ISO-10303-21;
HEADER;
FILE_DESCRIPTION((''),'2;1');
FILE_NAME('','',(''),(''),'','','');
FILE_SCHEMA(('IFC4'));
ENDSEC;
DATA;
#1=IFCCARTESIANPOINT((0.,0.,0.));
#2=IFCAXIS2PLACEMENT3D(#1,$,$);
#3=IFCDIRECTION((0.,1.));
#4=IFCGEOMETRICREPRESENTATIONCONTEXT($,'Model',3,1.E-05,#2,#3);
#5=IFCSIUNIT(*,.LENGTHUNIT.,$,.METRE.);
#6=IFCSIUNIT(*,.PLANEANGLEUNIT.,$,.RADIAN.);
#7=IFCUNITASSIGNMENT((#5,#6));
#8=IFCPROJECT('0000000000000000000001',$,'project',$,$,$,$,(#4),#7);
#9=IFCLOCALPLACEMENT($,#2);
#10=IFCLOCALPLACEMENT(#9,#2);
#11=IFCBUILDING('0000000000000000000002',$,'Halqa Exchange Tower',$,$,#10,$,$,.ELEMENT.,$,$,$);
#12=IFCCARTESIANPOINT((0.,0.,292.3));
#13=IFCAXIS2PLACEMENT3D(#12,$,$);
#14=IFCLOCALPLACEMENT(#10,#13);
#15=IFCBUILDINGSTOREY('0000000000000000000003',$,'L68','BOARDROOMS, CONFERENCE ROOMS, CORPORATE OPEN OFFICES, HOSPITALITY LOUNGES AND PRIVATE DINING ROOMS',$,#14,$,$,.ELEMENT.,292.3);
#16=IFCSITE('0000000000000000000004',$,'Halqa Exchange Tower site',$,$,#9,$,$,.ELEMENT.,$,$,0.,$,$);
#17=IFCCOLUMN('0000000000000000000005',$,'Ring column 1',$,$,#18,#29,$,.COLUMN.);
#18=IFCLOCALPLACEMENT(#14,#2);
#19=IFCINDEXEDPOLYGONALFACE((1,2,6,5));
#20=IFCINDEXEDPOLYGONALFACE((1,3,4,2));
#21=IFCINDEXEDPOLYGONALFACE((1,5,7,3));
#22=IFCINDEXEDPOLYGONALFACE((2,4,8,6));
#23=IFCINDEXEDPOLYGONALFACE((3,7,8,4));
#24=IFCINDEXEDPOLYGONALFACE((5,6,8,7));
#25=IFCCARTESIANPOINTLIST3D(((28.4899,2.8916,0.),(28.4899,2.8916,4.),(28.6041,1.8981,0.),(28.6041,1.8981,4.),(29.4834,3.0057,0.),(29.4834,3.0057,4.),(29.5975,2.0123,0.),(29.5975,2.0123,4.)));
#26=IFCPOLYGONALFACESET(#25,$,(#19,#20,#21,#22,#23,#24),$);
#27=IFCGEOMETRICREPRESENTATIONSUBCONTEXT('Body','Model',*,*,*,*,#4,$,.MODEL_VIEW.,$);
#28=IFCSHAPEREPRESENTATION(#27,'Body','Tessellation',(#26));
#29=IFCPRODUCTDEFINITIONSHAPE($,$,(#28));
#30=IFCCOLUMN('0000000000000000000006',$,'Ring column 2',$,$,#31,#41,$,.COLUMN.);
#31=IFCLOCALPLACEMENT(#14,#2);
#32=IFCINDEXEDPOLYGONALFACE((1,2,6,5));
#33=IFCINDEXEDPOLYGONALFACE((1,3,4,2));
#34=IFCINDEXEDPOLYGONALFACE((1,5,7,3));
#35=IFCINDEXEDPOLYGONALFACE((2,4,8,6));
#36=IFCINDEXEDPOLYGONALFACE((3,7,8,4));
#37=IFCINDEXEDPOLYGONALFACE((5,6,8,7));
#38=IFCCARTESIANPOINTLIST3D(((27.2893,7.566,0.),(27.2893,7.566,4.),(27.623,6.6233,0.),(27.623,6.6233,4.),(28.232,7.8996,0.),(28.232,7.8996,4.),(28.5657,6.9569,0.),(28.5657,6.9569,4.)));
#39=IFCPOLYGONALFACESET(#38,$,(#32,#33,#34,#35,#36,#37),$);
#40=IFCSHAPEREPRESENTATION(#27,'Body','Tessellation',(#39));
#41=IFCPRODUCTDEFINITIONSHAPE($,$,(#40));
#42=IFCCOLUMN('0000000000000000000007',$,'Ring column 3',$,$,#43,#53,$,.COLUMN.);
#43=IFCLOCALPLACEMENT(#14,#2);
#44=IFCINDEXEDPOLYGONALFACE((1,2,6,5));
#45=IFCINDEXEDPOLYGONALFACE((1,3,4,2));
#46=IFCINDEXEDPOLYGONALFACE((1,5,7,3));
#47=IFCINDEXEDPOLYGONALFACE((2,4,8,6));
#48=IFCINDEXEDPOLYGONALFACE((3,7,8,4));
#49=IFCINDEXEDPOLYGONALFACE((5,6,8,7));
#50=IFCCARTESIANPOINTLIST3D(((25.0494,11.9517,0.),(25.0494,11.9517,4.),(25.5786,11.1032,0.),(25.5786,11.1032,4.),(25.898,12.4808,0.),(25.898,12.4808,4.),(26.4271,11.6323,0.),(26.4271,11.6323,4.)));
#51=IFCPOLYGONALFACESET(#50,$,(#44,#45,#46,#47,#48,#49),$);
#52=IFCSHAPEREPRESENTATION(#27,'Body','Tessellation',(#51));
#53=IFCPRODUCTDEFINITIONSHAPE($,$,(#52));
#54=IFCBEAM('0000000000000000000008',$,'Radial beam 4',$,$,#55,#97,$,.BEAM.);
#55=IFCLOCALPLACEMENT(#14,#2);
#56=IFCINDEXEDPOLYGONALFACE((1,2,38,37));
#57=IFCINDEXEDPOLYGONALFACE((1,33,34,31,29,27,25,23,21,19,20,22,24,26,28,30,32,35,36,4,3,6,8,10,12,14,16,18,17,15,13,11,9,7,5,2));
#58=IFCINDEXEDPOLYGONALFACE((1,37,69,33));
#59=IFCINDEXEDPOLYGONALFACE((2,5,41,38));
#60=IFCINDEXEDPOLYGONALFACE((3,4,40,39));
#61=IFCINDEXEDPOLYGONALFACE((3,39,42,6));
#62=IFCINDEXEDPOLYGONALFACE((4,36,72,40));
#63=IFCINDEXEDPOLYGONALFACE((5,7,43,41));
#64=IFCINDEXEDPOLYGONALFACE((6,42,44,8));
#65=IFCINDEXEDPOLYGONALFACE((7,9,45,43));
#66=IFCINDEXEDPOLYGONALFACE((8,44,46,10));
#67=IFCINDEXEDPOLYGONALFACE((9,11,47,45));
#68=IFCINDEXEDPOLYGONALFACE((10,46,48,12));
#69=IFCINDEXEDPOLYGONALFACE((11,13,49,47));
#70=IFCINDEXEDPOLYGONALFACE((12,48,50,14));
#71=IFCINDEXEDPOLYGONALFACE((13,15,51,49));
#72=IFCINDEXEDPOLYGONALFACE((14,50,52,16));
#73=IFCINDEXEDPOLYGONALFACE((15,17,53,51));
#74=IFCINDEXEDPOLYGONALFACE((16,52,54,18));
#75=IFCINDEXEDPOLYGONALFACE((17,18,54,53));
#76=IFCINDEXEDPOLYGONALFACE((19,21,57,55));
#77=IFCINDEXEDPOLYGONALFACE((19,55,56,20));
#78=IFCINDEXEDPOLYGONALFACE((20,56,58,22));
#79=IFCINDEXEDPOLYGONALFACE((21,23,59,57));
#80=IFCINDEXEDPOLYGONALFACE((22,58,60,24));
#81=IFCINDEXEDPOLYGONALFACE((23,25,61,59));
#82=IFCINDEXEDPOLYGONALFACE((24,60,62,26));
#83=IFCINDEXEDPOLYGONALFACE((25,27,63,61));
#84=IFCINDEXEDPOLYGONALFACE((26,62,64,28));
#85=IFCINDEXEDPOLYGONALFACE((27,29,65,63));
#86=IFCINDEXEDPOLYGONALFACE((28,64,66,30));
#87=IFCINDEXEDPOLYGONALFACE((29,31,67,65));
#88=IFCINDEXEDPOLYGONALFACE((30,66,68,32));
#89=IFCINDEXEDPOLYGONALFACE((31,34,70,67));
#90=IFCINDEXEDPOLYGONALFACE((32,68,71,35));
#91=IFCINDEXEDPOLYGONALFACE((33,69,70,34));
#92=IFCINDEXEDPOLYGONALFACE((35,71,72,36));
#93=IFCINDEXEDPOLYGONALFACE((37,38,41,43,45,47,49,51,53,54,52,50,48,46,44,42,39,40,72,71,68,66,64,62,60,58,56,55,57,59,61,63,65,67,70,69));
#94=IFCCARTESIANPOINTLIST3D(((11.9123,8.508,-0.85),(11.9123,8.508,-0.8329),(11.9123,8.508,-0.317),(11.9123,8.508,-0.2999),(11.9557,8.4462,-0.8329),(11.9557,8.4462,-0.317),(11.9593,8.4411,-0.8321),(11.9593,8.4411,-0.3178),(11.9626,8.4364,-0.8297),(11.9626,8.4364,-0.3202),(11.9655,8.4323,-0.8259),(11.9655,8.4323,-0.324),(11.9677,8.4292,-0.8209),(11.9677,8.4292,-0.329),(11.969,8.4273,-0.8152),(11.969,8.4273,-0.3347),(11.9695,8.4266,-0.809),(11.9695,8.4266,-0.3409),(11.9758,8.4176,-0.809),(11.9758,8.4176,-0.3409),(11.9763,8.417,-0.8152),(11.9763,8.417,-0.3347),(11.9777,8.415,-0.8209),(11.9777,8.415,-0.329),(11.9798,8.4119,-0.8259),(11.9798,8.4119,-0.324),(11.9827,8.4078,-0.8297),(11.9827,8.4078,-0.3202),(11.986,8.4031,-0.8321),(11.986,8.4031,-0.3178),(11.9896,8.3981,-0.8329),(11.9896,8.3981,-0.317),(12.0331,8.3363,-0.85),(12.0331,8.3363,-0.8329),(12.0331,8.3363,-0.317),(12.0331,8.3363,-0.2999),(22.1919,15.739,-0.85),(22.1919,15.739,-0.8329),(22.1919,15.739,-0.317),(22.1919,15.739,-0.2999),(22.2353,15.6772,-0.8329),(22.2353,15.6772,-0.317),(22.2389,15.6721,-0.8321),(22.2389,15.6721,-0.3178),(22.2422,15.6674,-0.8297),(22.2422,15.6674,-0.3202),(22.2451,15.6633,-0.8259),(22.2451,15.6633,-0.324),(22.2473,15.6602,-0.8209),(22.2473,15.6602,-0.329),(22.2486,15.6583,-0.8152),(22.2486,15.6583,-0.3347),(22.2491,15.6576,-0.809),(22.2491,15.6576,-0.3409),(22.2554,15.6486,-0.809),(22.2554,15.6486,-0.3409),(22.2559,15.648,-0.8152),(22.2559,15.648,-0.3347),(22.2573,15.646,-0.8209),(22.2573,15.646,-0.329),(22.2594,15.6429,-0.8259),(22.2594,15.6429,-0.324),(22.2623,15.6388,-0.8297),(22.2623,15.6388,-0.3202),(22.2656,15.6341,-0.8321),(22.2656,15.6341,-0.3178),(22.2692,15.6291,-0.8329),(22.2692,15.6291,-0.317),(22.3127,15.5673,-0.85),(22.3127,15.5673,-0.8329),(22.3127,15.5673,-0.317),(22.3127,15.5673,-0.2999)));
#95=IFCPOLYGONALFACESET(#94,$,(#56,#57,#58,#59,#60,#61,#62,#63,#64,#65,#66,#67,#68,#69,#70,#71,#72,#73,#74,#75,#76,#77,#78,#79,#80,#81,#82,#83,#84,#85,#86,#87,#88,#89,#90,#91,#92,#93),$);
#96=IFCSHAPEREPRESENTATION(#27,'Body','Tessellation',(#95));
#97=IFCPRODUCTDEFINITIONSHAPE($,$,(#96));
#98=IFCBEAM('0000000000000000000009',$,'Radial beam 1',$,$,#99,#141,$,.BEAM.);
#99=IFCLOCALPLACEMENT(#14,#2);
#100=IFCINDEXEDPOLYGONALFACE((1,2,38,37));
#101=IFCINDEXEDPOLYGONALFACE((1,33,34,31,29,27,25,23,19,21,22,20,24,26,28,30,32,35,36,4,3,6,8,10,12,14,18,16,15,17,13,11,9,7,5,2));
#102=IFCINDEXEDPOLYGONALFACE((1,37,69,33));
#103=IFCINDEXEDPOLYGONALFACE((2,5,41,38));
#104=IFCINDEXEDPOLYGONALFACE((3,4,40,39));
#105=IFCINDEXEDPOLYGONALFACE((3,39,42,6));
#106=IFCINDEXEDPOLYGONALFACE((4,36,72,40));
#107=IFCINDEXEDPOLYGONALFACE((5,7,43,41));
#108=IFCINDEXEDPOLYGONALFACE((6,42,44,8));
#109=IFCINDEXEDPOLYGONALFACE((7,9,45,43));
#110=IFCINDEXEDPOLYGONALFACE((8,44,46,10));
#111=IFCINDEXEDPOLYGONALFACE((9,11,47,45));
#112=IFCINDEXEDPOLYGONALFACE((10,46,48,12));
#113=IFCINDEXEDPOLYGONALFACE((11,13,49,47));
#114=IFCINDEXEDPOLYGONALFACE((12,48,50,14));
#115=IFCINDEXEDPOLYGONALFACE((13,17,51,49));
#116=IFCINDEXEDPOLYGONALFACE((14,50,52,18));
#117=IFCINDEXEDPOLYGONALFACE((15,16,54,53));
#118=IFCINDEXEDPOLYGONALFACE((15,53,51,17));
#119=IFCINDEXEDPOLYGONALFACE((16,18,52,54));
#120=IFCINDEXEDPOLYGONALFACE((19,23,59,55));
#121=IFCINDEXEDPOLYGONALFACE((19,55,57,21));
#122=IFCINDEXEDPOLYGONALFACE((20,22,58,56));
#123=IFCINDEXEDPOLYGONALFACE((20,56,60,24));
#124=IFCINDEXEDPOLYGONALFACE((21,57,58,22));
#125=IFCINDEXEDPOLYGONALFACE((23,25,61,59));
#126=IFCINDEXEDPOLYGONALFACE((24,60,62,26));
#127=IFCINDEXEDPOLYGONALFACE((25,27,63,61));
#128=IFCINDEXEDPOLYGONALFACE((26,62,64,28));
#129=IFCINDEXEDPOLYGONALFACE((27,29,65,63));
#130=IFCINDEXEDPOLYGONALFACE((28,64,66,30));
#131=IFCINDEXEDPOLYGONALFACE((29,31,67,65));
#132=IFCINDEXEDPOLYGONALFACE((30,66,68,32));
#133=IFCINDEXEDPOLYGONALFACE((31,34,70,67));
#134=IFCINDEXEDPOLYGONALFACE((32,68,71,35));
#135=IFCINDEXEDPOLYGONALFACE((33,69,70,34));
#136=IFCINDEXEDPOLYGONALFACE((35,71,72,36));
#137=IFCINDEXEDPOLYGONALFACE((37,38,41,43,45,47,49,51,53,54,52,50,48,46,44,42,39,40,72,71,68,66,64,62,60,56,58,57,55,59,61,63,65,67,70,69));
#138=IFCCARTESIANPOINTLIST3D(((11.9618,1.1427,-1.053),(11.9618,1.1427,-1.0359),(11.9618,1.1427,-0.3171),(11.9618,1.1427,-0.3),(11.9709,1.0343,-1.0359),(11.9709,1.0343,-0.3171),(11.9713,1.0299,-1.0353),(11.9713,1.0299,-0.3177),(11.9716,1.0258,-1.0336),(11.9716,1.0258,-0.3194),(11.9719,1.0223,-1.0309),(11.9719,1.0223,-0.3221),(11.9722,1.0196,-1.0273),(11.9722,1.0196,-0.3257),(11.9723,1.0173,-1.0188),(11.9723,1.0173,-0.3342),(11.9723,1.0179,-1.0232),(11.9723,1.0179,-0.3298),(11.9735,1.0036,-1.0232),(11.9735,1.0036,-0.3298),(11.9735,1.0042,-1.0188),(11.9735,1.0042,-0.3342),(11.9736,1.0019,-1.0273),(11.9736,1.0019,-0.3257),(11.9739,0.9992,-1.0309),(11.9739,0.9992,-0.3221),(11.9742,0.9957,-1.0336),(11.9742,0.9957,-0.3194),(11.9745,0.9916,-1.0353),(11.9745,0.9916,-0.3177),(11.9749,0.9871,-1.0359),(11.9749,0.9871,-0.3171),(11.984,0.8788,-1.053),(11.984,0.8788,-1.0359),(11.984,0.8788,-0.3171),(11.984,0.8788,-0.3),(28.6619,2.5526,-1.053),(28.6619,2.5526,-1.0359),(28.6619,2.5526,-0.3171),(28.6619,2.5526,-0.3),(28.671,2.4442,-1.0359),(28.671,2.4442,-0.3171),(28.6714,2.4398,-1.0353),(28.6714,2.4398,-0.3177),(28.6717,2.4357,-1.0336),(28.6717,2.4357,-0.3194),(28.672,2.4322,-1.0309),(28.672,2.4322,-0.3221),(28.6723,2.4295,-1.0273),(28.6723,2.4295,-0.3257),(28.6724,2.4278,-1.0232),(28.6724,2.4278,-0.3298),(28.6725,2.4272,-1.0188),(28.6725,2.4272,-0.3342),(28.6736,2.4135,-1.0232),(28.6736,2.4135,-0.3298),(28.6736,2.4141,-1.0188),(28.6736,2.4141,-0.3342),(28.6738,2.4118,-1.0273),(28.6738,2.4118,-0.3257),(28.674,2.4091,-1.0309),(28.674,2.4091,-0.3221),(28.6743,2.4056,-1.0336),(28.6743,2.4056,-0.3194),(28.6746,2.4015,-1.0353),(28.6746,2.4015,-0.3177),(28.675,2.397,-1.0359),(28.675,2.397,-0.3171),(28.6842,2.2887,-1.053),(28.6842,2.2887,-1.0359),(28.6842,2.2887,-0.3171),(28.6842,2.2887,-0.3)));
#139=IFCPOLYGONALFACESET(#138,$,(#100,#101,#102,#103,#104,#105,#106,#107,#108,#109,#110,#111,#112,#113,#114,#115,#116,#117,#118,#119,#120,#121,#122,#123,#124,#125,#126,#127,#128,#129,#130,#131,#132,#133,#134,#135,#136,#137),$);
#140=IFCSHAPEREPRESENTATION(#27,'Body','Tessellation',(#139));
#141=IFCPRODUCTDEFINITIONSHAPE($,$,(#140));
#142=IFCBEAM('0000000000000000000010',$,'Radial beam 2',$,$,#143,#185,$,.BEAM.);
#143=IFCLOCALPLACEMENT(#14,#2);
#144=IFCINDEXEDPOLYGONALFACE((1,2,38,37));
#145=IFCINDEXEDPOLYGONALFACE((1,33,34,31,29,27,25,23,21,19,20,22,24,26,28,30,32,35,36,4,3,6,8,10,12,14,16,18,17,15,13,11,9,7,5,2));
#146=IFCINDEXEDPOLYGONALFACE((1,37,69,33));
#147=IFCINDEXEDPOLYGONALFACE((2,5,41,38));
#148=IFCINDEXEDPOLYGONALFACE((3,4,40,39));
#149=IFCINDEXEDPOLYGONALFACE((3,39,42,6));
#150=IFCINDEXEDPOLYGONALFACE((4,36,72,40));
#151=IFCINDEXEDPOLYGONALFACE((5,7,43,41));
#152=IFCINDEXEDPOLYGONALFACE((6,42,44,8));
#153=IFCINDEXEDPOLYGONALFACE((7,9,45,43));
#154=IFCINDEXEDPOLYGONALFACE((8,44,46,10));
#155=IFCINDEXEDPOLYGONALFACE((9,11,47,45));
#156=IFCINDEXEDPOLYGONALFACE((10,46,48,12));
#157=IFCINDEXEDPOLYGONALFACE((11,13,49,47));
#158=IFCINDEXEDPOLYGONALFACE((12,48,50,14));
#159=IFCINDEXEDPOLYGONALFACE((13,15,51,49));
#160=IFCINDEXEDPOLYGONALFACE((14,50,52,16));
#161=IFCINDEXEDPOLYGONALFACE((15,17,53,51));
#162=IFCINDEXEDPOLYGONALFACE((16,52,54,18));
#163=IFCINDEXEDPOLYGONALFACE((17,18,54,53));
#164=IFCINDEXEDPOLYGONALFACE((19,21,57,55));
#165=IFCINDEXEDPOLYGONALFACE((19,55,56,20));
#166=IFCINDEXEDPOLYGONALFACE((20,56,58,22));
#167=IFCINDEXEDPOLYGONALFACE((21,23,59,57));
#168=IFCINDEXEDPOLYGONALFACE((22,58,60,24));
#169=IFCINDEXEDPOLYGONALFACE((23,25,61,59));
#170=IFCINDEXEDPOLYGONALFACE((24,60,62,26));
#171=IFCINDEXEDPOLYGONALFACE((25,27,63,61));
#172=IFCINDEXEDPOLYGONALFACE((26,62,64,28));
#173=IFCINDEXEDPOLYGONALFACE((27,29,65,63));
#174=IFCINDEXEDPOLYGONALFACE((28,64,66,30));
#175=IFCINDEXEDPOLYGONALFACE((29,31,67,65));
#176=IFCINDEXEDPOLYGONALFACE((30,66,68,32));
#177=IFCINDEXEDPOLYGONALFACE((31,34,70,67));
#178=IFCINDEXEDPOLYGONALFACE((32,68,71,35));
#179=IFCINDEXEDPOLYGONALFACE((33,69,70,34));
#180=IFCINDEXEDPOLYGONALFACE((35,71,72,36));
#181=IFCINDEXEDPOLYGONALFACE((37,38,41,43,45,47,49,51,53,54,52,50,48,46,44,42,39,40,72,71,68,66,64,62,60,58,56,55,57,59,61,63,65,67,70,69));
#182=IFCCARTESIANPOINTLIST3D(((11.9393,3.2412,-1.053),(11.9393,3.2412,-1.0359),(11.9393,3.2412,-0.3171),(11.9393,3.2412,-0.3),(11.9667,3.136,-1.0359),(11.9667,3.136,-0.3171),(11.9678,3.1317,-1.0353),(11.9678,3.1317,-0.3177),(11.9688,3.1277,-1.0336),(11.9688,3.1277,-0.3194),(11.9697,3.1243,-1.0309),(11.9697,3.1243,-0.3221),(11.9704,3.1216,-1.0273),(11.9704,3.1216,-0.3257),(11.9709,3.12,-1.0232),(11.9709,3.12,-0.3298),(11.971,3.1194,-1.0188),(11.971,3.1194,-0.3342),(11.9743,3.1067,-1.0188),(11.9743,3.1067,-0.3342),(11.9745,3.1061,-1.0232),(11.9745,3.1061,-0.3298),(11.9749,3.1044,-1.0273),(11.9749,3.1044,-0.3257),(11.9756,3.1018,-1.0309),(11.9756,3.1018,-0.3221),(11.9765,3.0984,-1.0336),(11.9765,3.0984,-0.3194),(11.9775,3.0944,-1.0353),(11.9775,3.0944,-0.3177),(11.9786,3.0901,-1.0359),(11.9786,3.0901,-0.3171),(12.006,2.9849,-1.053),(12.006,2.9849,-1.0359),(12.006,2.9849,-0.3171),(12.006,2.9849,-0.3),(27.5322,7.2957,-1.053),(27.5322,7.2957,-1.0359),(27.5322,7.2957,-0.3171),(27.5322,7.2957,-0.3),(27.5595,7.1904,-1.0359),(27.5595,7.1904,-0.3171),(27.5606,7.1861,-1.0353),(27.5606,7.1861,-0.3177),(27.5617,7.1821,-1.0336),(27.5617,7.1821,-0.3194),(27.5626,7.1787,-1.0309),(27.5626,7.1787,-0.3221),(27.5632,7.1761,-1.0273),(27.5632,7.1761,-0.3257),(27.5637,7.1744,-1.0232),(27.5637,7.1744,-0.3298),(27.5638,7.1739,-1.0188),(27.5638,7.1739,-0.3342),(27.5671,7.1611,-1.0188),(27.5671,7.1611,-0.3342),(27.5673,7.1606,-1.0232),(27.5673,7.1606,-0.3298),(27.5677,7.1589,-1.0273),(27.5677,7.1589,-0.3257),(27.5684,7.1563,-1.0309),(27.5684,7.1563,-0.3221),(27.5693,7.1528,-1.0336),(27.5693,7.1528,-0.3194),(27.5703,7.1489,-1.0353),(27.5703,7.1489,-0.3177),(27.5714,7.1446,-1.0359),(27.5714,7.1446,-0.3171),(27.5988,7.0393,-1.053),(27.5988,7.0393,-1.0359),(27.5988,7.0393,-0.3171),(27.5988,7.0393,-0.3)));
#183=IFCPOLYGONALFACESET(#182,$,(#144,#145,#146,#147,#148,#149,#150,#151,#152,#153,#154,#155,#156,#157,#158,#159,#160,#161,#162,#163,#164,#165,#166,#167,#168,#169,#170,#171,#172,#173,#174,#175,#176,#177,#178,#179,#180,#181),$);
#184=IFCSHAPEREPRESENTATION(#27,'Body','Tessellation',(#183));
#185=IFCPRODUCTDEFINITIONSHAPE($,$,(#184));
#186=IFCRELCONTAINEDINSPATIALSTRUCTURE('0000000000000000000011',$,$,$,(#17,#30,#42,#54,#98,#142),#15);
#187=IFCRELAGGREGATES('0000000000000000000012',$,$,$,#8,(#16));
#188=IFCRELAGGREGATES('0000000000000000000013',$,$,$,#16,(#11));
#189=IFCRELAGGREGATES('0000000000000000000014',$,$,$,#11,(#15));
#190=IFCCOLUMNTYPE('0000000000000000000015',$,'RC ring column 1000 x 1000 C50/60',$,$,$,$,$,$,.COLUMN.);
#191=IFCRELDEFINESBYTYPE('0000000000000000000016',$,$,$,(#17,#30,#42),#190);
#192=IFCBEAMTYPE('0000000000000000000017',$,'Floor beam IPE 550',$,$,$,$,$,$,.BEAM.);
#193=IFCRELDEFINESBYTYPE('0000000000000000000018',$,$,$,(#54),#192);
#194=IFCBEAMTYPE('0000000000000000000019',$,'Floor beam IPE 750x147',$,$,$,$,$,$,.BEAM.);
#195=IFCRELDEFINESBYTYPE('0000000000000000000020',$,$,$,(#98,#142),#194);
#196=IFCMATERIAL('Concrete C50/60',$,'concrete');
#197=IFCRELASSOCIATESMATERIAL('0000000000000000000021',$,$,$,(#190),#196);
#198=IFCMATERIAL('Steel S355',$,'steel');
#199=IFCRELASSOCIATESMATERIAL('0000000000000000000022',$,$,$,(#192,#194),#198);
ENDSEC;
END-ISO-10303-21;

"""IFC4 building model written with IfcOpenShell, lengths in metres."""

from ifc_helpers import new_model, si_unit, direction, frame, origin, origin_2d, place, context, subcontext, project, spatial, rectangle, i_section, extrude, material, material_profile, profile_set, type_object, element, save


model = new_model("IFC4")

# Units and contexts
model_context = context("Model", 3, precision=1e-05, world=origin(), true_north=direction((0.0, 1.0)))
body_context = subcontext(model_context, "Body", "Model", "MODEL_VIEW")
ifc_project = project(units=[si_unit("LENGTHUNIT", "METRE"), si_unit("PLANEANGLEUNIT", "RADIAN")], contexts=[model_context])

# Site, building, storey
site_placement = place(None, origin())
site = spatial("IfcSite", under=ifc_project, at=site_placement, Name="Halqa Exchange Tower site", CompositionType="ELEMENT", RefElevation=0.0)
building_placement = place(site_placement, origin())
building = spatial("IfcBuilding", under=site, at=building_placement, Name="Halqa Exchange Tower", CompositionType="ELEMENT")
storey_placement = place(building_placement, frame((0.0, 0.0, 292.3)))
storey = spatial("IfcBuildingStorey", under=building, at=storey_placement, Name="L68", Description="BOARDROOMS, CONFERENCE ROOMS, CORPORATE OPEN OFFICES, HOSPITALITY LOUNGES AND PRIVATE DINING ROOMS", CompositionType="ELEMENT", Elevation=292.3)

# Columns
ifc_material_1 = material(Name="Concrete C50/60", Category="concrete")
ifc_material_profile_1 = material_profile(ifc_material_1, rectangle(XDim=1.0, YDim=1.0, at=origin_2d()), Name="1000 x 1000")
ifc_profile_set_1 = profile_set([ifc_material_profile_1], Name="Concrete C50/60")
column_type = type_object("IfcColumnType", Name="RC ring column 1000 x 1000 C50/60", PredefinedType="COLUMN", material=ifc_profile_set_1)
for number, where, z_axis, x_axis, name in (
    (1, (29.0437, 2.4519, 0.0), (0.0, 0.0, 1.0), (-0.114162, 0.993462, 0.0), "Ring column 1"),
    (2, (27.9275, 7.2615, 0.0), (0.0, 0.0, 1.0), (-0.333628, 0.942705, 0.0), "Ring column 2"),
    (3, (25.7383, 11.792, 0.0), (0.0, 0.0, 1.0), (-0.529142, 0.848533, 0.0), "Ring column 3"),
):
    element("IfcColumn", number, at=place(storey_placement, frame(where, z_axis=z_axis, x_axis=x_axis)), inside=storey, type_object=column_type, Name=name, PredefinedType="COLUMN", context=body_context, shape_type="SweptSolid", body=[
        extrude(rectangle(XDim=1.0, YDim=1.0, at=origin_2d()), origin(), (0.0, 0.0, 1.0), 4.0),
    ])

# Beams
ifc_material_2 = material(Name="Steel S355", Category="steel")
ifc_material_profile_2 = material_profile(ifc_material_2, i_section(OverallWidth=0.21, OverallDepth=0.55, WebThickness=0.011, FlangeThickness=0.0171, FilletRadius=0.0239, at=origin_2d()), Name="IPE 550")
ifc_profile_set_2 = profile_set([ifc_material_profile_2], Name="Steel S355")
beam_type_1 = type_object("IfcBeamType", Name="Floor beam IPE 550", PredefinedType="BEAM", material=ifc_profile_set_2)
beam_1_placement = place(storey_placement, frame((11.9727, 8.4221, -0.575), z_axis=(0.817911, 0.575345, 0.0), x_axis=(-0.575345, 0.817911, 0.0)))
element("IfcBeam", 4, at=beam_1_placement, inside=storey, type_object=beam_type_1, Name="Radial beam 4", PredefinedType="BEAM", context=body_context, shape_type="SweptSolid", body=[
    extrude(i_section(OverallWidth=0.21, OverallDepth=0.55, WebThickness=0.011, FlangeThickness=0.0171, FilletRadius=0.0239, at=origin_2d()), origin(), (0.0, 0.0, 1.0), 12.5681),
])
ifc_material_profile_3 = material_profile(ifc_material_2, i_section(OverallWidth=0.2649, OverallDepth=0.7529, WebThickness=0.0132, FlangeThickness=0.0171, FilletRadius=0.0171, at=origin_2d()), Name="IPE 750x147")
ifc_profile_set_3 = profile_set([ifc_material_profile_3], Name="Steel S355")
beam_type_2 = type_object("IfcBeamType", Name="Floor beam IPE 750x147", PredefinedType="BEAM", material=ifc_profile_set_3)
beam_2_placement = place(storey_placement, frame((11.9729, 1.0107, -0.6765), z_axis=(0.996455, 0.084126, 0.0), x_axis=(-0.084126, 0.996455, 0.0)))
element("IfcBeam", 5, at=beam_2_placement, inside=storey, type_object=beam_type_2, Name="Radial beam 1", PredefinedType="BEAM", context=body_context, shape_type="SweptSolid", body=[
    extrude(i_section(OverallWidth=0.2649, OverallDepth=0.7529, WebThickness=0.0132, FlangeThickness=0.0171, FilletRadius=0.0171, at=origin_2d()), origin(), (0.0, 0.0, 1.0), 16.7595),
])
beam_3_placement = place(storey_placement, frame((11.9727, 3.113, -0.6765), z_axis=(0.967818, 0.251653, 0.0), x_axis=(-0.251653, 0.967818, 0.0)))
element("IfcBeam", 6, at=beam_3_placement, inside=storey, type_object=beam_type_2, Name="Radial beam 2", PredefinedType="BEAM", context=body_context, shape_type="SweptSolid", body=[
    extrude(i_section(OverallWidth=0.2649, OverallDepth=0.7529, WebThickness=0.0132, FlangeThickness=0.0171, FilletRadius=0.0171, at=origin_2d()), origin(), (0.0, 0.0, 1.0), 16.1113),
])

save(model, "model.ifc")
